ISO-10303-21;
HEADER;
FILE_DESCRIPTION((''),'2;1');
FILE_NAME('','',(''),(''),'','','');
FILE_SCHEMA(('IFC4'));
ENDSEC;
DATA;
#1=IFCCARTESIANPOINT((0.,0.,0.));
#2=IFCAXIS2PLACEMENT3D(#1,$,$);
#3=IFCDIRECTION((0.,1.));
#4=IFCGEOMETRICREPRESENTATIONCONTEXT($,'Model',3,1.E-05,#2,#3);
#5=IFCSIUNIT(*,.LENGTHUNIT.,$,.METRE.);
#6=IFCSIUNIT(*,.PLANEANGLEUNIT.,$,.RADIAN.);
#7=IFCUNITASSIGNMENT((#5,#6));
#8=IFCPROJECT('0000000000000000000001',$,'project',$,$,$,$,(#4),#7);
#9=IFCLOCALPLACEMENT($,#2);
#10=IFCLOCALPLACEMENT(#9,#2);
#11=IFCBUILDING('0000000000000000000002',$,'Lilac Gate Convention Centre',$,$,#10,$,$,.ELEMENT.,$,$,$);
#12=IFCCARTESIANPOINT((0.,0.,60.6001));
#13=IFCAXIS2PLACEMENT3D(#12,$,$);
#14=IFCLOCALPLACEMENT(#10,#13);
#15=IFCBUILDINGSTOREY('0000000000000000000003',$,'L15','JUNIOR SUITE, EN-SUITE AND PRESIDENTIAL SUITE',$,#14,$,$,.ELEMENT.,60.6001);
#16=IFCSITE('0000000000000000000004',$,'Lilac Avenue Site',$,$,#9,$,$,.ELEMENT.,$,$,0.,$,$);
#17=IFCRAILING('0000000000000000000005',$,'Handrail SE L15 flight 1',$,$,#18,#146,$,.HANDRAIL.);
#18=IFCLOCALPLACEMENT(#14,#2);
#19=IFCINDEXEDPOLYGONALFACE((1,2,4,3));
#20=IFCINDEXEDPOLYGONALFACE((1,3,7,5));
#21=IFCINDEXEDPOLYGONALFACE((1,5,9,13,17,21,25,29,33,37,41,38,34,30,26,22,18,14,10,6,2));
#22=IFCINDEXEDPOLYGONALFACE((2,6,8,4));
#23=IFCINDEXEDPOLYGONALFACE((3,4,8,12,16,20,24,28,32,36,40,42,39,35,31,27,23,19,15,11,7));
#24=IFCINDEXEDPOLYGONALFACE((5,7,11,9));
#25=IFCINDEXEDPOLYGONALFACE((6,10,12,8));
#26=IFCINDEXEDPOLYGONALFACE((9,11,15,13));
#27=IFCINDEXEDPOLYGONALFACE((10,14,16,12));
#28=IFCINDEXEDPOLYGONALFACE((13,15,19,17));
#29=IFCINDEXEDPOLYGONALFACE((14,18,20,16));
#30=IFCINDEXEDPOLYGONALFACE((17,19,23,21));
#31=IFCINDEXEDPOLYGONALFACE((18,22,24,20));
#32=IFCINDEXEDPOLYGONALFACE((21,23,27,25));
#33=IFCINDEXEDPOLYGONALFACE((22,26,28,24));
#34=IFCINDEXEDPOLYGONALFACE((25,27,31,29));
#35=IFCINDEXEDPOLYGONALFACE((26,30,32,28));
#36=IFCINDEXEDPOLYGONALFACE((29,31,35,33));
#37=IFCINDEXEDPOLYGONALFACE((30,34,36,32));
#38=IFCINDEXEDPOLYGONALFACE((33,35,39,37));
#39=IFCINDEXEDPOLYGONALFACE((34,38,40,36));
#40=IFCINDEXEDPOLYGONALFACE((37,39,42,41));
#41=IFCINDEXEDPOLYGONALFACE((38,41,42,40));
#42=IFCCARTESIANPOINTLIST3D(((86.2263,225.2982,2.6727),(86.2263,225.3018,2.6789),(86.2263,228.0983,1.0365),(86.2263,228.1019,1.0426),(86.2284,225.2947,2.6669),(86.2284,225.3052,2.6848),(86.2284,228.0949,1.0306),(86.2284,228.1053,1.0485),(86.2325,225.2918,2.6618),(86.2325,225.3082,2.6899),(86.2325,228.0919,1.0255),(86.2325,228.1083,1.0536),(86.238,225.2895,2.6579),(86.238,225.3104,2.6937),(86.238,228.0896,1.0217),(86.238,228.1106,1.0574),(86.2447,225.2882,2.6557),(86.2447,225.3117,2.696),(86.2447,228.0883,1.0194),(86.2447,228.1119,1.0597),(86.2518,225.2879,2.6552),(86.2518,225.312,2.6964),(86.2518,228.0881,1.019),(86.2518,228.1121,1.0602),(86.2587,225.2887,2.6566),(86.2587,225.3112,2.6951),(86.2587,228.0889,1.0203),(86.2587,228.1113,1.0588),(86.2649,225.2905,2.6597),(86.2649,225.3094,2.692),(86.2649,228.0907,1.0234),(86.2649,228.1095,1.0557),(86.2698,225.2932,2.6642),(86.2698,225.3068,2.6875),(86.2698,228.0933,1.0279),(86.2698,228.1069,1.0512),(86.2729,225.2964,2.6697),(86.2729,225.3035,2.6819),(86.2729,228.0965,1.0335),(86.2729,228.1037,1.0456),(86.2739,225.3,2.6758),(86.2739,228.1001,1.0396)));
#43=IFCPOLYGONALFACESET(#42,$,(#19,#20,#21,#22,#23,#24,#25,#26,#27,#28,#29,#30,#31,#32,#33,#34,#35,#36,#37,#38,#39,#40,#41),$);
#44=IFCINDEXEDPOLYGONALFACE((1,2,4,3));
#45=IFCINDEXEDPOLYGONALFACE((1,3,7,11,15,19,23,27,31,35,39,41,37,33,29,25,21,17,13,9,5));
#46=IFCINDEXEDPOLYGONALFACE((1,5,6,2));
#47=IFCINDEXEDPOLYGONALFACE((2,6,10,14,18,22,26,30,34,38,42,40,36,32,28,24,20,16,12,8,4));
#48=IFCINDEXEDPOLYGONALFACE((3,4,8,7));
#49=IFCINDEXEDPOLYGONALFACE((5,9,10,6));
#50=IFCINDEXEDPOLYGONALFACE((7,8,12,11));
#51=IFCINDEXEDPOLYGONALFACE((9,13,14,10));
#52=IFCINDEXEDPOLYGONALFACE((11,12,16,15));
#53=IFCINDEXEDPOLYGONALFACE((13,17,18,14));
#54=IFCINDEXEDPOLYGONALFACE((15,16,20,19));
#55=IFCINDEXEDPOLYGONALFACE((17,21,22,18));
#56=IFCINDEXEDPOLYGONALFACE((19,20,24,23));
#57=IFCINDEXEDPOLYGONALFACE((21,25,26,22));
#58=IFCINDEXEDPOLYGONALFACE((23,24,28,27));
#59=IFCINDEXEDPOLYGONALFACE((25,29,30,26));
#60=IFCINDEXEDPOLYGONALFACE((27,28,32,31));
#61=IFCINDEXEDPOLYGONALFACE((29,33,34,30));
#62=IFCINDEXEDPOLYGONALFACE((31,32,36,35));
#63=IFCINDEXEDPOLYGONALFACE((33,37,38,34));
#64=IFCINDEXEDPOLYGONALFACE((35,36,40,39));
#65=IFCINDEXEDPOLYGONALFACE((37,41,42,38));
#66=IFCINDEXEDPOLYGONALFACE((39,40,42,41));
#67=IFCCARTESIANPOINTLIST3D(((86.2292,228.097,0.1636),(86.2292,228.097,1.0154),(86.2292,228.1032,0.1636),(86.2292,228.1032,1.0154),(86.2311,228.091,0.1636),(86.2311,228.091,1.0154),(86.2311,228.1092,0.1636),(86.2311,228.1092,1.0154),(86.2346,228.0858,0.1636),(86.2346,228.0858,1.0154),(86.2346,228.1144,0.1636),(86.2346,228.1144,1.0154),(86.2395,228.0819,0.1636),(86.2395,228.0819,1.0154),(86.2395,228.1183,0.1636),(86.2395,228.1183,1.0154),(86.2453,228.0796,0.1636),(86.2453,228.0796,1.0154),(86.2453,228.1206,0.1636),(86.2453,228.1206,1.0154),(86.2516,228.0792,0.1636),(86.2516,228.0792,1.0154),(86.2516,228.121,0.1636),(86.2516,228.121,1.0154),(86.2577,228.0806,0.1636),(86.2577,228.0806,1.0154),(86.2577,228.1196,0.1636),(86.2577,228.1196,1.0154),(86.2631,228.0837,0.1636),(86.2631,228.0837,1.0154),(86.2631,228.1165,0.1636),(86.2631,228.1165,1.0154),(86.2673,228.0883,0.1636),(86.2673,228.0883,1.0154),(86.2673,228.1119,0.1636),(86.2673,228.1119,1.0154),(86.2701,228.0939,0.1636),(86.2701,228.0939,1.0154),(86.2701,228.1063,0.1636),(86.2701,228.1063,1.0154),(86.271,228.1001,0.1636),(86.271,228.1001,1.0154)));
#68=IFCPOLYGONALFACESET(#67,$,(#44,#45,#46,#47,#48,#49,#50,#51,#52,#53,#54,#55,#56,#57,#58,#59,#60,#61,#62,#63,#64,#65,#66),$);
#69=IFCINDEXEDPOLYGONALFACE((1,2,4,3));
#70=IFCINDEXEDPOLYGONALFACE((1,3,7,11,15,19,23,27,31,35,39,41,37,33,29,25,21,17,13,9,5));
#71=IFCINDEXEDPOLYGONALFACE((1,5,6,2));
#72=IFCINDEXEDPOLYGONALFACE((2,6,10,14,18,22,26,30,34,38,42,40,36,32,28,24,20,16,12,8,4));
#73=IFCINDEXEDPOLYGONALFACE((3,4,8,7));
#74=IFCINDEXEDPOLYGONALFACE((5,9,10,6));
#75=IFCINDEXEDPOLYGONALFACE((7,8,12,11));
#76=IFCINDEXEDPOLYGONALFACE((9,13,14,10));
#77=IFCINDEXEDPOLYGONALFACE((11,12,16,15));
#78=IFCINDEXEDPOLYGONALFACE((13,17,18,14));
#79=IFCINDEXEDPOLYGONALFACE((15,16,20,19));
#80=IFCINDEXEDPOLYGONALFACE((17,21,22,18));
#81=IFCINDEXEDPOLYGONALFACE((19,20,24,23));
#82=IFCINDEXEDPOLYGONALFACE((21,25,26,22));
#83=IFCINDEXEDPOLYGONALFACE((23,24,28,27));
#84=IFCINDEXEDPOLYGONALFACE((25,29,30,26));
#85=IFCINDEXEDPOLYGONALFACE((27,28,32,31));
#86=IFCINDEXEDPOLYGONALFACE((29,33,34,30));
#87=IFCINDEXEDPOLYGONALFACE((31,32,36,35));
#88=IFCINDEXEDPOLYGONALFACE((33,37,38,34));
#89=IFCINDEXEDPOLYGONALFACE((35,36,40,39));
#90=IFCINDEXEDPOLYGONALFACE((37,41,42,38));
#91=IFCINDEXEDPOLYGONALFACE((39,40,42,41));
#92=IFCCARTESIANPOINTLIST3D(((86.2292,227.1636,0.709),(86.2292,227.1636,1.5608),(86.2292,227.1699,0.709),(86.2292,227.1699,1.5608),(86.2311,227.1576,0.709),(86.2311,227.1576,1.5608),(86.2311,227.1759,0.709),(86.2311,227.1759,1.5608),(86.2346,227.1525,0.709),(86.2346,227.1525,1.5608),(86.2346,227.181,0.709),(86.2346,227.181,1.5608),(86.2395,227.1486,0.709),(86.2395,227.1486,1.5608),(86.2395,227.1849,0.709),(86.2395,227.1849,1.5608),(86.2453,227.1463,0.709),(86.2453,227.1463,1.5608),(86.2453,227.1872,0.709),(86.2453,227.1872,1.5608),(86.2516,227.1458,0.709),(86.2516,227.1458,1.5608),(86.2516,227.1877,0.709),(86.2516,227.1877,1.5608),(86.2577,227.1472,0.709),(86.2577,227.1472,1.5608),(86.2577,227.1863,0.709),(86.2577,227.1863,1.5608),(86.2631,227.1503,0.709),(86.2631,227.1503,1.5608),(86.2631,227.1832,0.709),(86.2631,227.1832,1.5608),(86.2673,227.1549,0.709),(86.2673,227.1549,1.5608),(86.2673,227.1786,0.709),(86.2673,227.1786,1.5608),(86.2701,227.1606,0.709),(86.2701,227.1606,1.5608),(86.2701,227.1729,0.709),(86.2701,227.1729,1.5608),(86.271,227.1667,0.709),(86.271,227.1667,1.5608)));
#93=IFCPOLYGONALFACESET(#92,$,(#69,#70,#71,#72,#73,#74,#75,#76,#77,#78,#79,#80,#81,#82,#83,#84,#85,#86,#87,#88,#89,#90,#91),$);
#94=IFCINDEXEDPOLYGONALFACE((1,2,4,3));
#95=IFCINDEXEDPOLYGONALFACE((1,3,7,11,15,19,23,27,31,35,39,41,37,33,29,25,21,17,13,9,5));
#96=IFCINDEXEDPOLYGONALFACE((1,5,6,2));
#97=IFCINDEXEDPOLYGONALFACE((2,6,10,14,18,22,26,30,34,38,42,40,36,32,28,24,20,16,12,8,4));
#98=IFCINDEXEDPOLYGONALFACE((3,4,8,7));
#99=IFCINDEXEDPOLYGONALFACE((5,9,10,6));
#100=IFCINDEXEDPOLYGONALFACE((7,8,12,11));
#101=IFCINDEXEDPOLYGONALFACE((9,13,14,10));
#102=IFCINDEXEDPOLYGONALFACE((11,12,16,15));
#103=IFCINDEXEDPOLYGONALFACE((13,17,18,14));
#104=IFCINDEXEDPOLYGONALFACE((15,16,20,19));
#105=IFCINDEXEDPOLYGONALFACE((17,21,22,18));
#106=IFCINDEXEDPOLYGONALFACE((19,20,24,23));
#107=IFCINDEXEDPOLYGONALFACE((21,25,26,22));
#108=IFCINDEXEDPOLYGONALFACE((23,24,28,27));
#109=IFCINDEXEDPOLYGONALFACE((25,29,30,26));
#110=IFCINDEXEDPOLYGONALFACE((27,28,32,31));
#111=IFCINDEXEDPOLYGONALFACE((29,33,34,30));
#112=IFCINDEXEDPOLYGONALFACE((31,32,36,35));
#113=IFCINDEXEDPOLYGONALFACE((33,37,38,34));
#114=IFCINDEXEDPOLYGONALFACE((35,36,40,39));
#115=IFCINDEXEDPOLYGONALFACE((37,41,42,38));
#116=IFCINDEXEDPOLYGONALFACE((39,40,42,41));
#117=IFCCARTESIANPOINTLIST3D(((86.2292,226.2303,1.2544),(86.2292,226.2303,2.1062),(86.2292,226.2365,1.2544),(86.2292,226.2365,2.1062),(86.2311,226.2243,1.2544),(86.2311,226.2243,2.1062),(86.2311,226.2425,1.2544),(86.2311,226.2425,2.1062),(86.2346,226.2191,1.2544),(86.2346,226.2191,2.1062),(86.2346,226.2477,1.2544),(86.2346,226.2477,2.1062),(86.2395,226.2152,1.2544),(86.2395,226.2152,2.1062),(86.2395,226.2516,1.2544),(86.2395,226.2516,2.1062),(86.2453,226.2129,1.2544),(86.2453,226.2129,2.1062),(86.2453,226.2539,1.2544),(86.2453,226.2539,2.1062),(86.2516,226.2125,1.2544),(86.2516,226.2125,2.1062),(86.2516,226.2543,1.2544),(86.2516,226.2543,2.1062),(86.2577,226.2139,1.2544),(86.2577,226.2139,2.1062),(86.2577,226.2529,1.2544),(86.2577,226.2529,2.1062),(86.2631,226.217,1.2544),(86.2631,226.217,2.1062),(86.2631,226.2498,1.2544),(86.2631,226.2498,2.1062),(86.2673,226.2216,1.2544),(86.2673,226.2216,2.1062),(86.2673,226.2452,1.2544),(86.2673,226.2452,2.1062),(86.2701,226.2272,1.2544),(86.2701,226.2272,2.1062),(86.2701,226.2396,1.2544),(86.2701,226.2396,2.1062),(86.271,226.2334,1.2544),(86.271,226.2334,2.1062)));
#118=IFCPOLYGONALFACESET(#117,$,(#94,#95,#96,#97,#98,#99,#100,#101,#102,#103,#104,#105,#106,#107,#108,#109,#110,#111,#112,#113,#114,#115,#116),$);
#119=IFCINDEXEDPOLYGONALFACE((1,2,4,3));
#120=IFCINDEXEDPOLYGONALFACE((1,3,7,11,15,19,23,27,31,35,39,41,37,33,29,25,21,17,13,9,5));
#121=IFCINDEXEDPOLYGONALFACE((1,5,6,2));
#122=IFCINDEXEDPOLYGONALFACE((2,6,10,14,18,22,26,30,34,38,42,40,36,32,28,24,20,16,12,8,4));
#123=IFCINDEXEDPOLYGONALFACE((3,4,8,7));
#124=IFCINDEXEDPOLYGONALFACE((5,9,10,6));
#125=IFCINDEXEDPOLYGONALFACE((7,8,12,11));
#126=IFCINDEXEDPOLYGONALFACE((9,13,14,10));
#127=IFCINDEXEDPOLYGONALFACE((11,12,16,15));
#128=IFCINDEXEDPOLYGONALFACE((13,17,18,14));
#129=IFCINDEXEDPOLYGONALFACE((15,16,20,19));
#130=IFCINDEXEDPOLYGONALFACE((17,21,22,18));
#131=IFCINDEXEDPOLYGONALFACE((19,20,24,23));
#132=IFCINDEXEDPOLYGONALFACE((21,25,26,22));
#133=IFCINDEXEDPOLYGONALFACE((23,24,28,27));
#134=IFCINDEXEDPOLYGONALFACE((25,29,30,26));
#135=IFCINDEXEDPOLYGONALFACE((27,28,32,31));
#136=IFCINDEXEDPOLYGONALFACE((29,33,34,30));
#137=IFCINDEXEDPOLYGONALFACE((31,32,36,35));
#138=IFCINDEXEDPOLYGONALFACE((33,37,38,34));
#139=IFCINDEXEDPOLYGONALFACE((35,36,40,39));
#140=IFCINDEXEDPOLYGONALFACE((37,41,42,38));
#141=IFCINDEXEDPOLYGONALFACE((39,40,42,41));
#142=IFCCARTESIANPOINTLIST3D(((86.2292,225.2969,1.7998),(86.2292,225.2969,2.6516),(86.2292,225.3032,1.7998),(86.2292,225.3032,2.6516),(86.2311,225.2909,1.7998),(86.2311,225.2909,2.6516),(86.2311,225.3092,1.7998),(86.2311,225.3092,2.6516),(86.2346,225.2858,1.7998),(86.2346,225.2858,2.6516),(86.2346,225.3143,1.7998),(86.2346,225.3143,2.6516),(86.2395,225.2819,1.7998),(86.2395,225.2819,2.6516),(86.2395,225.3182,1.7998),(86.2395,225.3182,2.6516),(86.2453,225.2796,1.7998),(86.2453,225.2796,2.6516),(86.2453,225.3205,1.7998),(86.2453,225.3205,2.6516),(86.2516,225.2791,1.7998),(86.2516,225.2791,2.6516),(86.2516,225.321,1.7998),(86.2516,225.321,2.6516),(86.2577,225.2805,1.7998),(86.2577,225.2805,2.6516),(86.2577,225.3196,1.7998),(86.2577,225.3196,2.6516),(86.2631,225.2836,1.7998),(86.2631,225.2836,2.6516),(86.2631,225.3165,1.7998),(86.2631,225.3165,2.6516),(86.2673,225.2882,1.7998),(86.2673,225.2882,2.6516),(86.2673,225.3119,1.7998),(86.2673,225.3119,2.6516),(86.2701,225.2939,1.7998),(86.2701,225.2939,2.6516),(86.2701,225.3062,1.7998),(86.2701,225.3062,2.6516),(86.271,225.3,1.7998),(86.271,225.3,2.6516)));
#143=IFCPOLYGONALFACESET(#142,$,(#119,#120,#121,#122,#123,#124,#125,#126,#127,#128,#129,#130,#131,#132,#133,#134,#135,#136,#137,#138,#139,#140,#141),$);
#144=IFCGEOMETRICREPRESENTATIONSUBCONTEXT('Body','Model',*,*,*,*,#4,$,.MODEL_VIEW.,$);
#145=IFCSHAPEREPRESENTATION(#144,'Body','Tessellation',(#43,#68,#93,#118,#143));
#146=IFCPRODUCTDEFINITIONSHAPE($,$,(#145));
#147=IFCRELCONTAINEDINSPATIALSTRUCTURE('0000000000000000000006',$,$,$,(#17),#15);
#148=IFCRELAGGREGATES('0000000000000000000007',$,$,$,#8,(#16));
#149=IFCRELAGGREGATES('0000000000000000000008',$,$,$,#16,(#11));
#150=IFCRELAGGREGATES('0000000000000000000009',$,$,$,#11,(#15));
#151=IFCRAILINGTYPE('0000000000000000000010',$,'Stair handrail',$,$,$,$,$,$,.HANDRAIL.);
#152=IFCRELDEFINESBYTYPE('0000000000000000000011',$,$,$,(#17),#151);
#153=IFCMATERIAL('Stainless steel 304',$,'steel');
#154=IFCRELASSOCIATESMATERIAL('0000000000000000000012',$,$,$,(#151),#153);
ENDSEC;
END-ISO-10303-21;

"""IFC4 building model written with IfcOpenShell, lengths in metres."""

from ifc_helpers import new_model, si_unit, direction, frame, origin, origin_2d, place, context, subcontext, project, spatial, circle, extrude, material, type_object, element, save


model = new_model("IFC4")

# Units and contexts
model_context = context("Model", 3, precision=1e-05, world=origin(), true_north=direction((0.0, 1.0)))
body_context = subcontext(model_context, "Body", "Model", "MODEL_VIEW")
ifc_project = project(units=[si_unit("LENGTHUNIT", "METRE"), si_unit("PLANEANGLEUNIT", "RADIAN")], contexts=[model_context])

# Site, building, storey
site_placement = place(None, origin())
site = spatial("IfcSite", under=ifc_project, at=site_placement, Name="Lilac Avenue Site", CompositionType="ELEMENT", RefElevation=0.0)
building_placement = place(site_placement, origin())
building = spatial("IfcBuilding", under=site, at=building_placement, Name="Lilac Gate Convention Centre", CompositionType="ELEMENT")
storey_placement = place(building_placement, frame((0.0, 0.0, 60.6001)))
storey = spatial("IfcBuildingStorey", under=building, at=storey_placement, Name="L15", Description="JUNIOR SUITE, EN-SUITE AND PRESIDENTIAL SUITE", CompositionType="ELEMENT", Elevation=60.6001)

# Railing
ifc_material_1 = material(Name="Stainless steel 304", Category="steel")
railing_type = type_object("IfcRailingType", Name="Stair handrail", PredefinedType="HANDRAIL", material=ifc_material_1)
for number, where, name in (
    (1, (86.25, 228.1001, 0.1636), "Handrail SE L15 flight 1"),
):
    element("IfcRailing", number, at=place(storey_placement, frame(where)), inside=storey, type_object=railing_type, Name=name, PredefinedType="HANDRAIL", context=body_context, shape_type="SweptSolid", body=[
        extrude(circle(Radius=0.0239, at=origin_2d()), frame((0.0, 0.0, 0.876), z_axis=(0.0, -0.863394, 0.504531), x_axis=(1.0, 0.0, 0.0)), (0.0, 0.0, 1.0), 3.2432),
        extrude(circle(Radius=0.021, at=origin_2d()), origin(), (0.0, 0.0, 1.0), 0.8518),
        extrude(circle(Radius=0.021, at=origin_2d()), frame((0.0, -0.9333, 0.5454)), (0.0, 0.0, 1.0), 0.8518),
        extrude(circle(Radius=0.021, at=origin_2d()), frame((0.0, -1.8667, 1.0908)), (0.0, 0.0, 1.0), 0.8518),
        extrude(circle(Radius=0.021, at=origin_2d()), frame((0.0, -2.8, 1.6362)), (0.0, 0.0, 1.0), 0.8518),
    ])

save(model, "model.ifc")
